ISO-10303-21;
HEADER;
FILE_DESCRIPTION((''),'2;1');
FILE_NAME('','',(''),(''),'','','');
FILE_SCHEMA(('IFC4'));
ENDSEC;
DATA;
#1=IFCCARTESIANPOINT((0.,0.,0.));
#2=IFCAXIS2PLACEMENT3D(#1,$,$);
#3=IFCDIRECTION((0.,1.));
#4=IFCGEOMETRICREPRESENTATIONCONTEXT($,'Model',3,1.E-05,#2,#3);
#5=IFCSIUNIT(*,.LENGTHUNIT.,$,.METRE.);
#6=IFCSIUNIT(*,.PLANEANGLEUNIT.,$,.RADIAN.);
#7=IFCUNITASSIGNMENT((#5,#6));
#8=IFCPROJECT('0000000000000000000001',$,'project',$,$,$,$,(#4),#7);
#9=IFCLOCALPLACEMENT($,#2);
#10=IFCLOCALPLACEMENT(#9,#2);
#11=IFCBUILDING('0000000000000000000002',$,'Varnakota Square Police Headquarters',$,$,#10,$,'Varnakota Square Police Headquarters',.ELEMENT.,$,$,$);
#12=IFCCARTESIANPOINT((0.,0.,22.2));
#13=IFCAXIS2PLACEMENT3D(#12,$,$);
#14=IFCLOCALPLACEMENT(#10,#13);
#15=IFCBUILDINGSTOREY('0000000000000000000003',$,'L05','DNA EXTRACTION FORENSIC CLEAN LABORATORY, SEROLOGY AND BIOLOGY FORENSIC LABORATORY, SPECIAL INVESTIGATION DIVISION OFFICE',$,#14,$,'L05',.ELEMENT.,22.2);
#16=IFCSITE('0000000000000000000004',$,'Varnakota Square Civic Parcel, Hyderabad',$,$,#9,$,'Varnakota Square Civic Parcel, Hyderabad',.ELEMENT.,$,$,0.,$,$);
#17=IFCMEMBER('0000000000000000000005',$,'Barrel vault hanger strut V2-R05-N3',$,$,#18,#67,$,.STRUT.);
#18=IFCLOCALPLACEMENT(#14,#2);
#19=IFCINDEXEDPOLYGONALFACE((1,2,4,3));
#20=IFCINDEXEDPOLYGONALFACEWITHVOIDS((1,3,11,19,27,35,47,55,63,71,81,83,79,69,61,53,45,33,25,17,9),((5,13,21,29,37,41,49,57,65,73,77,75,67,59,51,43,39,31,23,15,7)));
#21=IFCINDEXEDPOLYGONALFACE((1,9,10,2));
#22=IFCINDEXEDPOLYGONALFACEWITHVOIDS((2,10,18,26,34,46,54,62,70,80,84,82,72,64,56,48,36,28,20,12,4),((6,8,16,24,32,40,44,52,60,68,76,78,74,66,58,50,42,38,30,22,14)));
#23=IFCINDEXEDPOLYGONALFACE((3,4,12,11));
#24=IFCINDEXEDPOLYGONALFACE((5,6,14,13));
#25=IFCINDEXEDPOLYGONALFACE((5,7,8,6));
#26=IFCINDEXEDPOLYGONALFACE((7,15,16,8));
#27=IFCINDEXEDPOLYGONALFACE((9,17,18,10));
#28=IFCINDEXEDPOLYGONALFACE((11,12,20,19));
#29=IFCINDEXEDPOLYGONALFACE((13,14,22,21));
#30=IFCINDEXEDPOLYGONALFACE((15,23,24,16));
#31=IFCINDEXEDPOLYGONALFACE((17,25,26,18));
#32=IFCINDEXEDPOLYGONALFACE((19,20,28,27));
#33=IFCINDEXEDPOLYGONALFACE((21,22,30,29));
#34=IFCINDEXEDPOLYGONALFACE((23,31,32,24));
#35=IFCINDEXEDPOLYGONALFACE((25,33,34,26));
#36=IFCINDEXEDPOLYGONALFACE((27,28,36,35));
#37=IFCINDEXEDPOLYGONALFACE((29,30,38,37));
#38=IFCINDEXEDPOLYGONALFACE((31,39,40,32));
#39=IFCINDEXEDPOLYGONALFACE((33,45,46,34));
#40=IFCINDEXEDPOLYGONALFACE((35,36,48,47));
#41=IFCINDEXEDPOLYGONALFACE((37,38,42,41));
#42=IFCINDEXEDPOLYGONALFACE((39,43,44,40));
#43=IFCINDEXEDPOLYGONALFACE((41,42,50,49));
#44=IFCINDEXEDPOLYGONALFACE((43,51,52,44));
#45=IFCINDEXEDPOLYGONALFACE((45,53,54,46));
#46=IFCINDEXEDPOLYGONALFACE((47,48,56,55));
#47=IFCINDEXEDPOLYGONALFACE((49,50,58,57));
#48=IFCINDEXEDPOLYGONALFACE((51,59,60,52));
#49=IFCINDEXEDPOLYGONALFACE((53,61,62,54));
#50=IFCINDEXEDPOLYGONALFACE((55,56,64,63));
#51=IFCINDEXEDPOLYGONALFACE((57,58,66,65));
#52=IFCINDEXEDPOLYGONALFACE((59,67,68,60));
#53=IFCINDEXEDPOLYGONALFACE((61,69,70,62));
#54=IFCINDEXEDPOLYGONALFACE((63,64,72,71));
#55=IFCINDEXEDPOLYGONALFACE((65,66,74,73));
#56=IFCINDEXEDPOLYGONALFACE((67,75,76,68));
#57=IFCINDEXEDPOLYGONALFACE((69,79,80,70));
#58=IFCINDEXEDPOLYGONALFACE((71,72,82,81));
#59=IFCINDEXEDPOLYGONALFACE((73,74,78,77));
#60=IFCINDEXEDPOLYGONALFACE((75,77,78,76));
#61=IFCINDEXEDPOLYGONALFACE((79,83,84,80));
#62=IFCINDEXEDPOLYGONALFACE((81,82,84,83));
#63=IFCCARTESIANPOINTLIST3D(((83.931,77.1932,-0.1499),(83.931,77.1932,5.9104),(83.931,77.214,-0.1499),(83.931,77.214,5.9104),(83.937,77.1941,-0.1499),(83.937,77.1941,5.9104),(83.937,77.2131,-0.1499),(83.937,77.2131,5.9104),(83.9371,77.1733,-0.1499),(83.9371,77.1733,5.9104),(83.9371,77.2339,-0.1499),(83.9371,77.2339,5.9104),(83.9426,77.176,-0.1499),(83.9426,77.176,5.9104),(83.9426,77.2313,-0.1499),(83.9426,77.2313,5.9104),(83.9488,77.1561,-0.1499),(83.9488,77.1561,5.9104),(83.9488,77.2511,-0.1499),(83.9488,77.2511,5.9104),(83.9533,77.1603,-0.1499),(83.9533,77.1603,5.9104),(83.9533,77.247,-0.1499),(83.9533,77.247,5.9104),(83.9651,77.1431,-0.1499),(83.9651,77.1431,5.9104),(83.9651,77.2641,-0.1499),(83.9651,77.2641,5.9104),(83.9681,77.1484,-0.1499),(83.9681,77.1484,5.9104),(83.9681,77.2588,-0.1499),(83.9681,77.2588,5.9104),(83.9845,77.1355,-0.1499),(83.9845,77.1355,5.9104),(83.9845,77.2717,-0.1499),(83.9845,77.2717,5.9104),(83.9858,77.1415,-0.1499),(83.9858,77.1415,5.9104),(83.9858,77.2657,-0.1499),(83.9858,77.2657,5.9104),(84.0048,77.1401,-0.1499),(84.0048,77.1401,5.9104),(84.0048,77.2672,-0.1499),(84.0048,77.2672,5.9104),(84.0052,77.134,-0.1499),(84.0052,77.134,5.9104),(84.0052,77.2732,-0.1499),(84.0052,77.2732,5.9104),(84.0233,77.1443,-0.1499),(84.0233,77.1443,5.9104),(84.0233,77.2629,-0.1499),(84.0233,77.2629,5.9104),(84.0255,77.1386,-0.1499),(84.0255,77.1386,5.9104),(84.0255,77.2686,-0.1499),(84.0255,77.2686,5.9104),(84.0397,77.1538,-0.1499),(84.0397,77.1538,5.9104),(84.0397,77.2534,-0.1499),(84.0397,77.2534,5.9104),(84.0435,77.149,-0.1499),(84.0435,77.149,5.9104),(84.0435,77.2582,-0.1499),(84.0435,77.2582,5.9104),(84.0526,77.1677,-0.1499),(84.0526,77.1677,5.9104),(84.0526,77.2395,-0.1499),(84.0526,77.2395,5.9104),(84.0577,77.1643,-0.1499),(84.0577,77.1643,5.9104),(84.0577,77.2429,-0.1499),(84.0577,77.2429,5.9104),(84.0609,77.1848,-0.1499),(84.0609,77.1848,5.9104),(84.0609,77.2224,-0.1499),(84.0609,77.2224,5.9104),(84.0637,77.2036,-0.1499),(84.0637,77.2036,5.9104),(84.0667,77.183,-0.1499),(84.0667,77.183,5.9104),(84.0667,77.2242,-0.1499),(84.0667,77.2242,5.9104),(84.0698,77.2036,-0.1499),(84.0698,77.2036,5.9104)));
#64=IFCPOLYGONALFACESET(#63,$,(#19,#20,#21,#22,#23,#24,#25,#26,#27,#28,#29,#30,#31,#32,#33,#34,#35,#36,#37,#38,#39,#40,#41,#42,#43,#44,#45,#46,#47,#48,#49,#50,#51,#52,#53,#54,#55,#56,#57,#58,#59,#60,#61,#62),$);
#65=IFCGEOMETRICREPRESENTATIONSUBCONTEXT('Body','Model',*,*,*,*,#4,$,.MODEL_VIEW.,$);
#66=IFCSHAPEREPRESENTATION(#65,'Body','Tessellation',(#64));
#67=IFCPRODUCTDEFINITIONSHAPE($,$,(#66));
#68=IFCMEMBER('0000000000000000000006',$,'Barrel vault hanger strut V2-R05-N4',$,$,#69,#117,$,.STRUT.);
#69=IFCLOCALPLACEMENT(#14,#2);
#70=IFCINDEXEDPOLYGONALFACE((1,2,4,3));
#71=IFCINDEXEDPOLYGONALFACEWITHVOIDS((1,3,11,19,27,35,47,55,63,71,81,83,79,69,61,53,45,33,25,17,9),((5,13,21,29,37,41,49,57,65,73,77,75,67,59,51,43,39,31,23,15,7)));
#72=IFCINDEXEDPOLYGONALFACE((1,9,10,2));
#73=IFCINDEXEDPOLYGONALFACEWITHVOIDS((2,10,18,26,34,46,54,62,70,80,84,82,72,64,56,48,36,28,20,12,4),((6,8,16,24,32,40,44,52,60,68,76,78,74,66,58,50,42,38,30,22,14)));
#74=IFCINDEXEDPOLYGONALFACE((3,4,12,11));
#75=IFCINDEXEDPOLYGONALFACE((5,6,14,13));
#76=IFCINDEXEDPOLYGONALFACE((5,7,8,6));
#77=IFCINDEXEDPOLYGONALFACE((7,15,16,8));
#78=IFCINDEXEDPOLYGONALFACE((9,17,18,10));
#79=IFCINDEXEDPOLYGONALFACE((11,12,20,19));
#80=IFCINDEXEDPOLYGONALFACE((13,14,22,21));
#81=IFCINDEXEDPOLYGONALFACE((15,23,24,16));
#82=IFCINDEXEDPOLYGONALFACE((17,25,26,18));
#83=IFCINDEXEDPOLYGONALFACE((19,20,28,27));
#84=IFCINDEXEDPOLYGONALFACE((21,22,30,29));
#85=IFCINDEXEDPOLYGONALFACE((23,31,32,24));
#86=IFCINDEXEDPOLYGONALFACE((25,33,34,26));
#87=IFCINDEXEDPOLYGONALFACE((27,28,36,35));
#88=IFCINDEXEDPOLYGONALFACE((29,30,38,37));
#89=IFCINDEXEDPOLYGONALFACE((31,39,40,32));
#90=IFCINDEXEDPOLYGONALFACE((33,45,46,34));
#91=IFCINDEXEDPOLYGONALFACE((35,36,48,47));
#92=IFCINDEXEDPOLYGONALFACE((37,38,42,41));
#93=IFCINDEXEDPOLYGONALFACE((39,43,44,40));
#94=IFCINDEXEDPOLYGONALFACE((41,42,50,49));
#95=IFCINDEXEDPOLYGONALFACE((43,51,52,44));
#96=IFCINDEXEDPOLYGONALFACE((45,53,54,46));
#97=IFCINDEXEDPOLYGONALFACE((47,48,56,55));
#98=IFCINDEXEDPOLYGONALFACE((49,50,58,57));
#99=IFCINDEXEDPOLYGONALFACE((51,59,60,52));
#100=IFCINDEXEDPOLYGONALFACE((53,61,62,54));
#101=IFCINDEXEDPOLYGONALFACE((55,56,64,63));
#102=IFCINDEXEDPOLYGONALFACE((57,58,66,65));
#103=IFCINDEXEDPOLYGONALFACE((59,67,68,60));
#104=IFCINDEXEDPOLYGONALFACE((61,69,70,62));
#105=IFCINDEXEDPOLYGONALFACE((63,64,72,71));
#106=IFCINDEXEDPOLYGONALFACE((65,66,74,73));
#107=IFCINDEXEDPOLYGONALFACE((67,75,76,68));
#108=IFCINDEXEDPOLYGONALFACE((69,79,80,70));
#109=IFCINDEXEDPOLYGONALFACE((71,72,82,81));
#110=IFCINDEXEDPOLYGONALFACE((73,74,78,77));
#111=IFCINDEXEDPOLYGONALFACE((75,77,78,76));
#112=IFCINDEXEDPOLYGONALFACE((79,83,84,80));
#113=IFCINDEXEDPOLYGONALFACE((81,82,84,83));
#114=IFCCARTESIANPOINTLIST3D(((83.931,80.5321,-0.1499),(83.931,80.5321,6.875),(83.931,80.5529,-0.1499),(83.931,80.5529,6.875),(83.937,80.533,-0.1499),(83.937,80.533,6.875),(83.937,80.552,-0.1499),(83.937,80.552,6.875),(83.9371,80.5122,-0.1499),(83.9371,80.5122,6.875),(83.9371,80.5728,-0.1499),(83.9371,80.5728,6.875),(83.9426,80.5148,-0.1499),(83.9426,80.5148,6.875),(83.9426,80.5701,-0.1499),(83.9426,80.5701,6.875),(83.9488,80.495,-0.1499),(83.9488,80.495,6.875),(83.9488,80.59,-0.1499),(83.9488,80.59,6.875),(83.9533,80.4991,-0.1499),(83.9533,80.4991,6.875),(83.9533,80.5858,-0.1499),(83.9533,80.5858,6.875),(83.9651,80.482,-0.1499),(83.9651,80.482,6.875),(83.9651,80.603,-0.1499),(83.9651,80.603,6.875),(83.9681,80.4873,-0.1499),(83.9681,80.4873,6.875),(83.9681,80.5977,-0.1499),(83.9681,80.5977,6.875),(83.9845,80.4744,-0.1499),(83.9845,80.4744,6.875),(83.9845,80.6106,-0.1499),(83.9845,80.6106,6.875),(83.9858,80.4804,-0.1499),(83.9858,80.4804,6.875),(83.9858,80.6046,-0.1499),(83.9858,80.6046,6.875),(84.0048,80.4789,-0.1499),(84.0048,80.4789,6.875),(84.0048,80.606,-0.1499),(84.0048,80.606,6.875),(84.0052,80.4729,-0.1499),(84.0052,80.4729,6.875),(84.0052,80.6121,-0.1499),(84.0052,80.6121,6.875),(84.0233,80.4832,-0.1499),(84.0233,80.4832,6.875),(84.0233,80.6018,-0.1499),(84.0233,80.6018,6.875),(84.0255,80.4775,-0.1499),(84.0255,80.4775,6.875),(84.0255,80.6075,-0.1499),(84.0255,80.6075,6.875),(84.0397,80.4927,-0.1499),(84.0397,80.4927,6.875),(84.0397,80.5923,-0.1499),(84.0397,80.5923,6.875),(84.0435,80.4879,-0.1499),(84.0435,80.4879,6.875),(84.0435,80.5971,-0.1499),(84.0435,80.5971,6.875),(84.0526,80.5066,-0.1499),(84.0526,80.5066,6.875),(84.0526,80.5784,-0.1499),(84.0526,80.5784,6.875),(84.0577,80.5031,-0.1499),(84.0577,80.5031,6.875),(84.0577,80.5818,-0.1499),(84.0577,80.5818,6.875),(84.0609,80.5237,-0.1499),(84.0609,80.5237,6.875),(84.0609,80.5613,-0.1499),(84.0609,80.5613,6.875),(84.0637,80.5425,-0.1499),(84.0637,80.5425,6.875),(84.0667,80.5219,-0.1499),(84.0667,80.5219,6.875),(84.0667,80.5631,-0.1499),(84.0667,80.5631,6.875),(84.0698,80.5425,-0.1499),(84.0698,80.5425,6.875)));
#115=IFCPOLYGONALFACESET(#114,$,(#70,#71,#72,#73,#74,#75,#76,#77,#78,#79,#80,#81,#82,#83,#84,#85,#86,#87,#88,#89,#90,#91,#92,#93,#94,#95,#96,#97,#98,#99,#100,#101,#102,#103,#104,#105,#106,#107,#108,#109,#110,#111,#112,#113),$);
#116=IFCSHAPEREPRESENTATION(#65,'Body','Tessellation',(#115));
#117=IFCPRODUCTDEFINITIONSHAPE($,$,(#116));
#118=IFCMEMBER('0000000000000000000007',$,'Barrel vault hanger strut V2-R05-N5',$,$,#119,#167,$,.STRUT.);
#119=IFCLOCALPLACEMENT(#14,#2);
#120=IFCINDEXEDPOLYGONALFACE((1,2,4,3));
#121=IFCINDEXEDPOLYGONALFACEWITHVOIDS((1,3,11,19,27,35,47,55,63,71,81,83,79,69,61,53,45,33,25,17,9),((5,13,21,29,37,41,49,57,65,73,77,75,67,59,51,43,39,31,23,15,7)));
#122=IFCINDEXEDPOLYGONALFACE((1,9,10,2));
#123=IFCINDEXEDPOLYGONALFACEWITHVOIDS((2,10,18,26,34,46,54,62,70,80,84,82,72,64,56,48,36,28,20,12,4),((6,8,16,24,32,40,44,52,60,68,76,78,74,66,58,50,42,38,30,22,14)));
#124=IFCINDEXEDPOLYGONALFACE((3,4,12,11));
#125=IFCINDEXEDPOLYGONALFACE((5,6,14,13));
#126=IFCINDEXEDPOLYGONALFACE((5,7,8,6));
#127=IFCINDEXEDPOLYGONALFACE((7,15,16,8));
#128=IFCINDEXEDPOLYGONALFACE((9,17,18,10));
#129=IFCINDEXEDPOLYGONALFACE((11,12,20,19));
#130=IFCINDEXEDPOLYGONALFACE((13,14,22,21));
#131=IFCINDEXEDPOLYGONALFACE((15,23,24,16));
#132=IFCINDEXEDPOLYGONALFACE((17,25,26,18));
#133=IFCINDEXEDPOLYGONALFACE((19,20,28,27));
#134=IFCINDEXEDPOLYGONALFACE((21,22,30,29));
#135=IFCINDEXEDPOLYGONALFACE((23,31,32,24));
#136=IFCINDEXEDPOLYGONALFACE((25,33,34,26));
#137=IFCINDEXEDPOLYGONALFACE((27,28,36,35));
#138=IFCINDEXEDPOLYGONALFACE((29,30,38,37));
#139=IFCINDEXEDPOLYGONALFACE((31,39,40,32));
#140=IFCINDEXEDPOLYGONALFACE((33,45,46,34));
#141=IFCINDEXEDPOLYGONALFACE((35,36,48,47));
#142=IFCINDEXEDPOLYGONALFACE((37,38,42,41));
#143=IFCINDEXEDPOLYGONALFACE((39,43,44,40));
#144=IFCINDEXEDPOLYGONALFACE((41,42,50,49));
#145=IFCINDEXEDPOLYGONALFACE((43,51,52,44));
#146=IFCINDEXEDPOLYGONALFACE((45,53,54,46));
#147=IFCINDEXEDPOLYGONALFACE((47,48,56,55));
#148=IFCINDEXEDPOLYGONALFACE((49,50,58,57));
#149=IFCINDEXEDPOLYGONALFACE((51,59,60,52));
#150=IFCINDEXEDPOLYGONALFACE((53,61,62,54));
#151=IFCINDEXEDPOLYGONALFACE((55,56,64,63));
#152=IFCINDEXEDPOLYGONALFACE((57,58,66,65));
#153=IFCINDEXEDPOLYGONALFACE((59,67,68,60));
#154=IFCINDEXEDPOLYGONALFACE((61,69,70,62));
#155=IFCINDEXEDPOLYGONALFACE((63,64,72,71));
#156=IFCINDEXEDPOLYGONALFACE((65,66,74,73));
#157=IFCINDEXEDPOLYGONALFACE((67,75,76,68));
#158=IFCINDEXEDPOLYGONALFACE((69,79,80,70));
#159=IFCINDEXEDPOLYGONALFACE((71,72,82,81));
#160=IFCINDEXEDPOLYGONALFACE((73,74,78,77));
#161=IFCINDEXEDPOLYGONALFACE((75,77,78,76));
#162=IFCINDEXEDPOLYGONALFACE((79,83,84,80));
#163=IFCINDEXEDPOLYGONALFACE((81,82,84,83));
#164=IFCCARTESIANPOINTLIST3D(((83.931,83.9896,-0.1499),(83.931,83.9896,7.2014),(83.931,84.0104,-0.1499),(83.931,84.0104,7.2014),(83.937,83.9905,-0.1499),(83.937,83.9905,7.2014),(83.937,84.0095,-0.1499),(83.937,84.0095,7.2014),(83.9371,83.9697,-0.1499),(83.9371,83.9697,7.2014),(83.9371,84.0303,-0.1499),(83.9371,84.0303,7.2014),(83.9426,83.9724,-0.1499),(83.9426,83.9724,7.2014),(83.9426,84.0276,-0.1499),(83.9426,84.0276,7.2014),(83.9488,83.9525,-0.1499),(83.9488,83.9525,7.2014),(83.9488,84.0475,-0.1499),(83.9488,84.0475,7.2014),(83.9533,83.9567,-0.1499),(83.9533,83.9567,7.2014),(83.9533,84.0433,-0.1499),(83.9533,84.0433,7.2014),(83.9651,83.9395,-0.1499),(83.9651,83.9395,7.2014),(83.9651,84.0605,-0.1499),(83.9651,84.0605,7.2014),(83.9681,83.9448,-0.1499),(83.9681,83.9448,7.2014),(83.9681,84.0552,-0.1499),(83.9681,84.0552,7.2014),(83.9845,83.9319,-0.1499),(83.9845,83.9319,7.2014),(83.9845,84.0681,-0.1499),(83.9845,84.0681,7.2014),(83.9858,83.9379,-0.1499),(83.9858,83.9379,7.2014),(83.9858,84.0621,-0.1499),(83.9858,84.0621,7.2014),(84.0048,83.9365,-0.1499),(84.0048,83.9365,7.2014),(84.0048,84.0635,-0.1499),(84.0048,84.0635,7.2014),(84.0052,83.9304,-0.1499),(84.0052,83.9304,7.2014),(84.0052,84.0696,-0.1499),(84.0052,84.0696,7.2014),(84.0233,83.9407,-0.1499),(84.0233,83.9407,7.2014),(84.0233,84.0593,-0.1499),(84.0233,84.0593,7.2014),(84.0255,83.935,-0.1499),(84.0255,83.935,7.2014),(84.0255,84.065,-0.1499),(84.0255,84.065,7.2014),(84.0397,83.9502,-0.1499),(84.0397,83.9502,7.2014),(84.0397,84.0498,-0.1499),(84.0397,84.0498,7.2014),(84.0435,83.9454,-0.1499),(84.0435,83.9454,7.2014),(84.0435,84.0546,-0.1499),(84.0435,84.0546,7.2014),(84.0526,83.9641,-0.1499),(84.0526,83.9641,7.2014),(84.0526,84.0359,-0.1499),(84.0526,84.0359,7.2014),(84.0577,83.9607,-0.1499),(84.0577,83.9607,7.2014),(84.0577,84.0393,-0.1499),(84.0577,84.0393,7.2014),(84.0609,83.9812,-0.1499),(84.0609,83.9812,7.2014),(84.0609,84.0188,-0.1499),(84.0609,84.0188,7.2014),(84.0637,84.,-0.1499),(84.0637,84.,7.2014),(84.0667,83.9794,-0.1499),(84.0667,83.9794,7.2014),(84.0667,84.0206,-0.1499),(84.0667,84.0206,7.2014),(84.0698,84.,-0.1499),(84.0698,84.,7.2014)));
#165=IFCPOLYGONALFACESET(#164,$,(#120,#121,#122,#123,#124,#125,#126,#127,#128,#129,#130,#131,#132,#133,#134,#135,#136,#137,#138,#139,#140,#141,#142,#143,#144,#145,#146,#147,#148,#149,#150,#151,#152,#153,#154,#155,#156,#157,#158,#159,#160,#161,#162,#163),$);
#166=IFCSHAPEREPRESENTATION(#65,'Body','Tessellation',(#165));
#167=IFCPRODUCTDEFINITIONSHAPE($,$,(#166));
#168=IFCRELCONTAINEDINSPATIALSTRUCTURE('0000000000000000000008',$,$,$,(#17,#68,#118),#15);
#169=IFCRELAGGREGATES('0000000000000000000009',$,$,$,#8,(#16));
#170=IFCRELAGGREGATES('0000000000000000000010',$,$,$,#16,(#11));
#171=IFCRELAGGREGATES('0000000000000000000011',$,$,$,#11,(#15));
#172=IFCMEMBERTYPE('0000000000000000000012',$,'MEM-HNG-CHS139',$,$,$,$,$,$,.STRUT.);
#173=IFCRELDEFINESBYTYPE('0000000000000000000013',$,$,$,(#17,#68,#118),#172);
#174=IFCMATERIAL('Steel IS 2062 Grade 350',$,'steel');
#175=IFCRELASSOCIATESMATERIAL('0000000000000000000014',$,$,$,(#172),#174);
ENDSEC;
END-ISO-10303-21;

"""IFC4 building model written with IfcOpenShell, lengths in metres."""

from ifc_helpers import new_model, si_unit, direction, frame, origin, origin_2d, place, context, subcontext, project, spatial, hollow_circle, extrude, material, material_profile, profile_set, type_object, element, save


model = new_model("IFC4")

# Units and contexts
model_context = context("Model", 3, precision=1e-05, world=origin(), true_north=direction((0.0, 1.0)))
body_context = subcontext(model_context, "Body", "Model", "MODEL_VIEW")
ifc_project = project(units=[si_unit("LENGTHUNIT", "METRE"), si_unit("PLANEANGLEUNIT", "RADIAN")], contexts=[model_context])

# Site, building, storey
site_placement = place(None, origin())
site = spatial("IfcSite", under=ifc_project, at=site_placement, Name="Varnakota Square Civic Parcel, Hyderabad", LongName="Varnakota Square Civic Parcel, Hyderabad", CompositionType="ELEMENT", RefElevation=0.0)
building_placement = place(site_placement, origin())
building = spatial("IfcBuilding", under=site, at=building_placement, Name="Varnakota Square Police Headquarters", LongName="Varnakota Square Police Headquarters", CompositionType="ELEMENT")
storey_placement = place(building_placement, frame((0.0, 0.0, 22.2)))
storey = spatial("IfcBuildingStorey", under=building, at=storey_placement, Name="L05", Description="DNA EXTRACTION FORENSIC CLEAN LABORATORY, SEROLOGY AND BIOLOGY FORENSIC LABORATORY, SPECIAL INVESTIGATION DIVISION OFFICE", LongName="L05", CompositionType="ELEMENT", Elevation=22.2)

# Shared definitions
ifc_material_1 = material(Name="Steel IS 2062 Grade 350", Category="steel")

# Members
ifc_material_profile_1 = material_profile(ifc_material_1, hollow_circle(Radius=0.0698, WallThickness=0.0061, at=origin_2d()), Name="CHS 139.7x6.0")
ifc_profile_set_1 = profile_set([ifc_material_profile_1], Name="Steel IS 2062 Grade 350")
member_type = type_object("IfcMemberType", Name="MEM-HNG-CHS139", PredefinedType="STRUT", material=ifc_profile_set_1)
member_1_placement = place(storey_placement, frame((84.0, 77.2036, -0.1499), z_axis=(0.0, 0.0, 1.0), x_axis=(1.0, 0.0, 0.0)))
element("IfcMember", 1, at=member_1_placement, inside=storey, type_object=member_type, Name="Barrel vault hanger strut V2-R05-N3", PredefinedType="STRUT", context=body_context, shape_type="SweptSolid", body=[
    extrude(hollow_circle(Radius=0.0698, WallThickness=0.0061, at=origin_2d()), origin(), (0.0, 0.0, 1.0), 6.0603),
])
member_2_placement = place(storey_placement, frame((84.0, 80.5425, -0.1499), z_axis=(0.0, 0.0, 1.0), x_axis=(1.0, 0.0, 0.0)))
element("IfcMember", 2, at=member_2_placement, inside=storey, type_object=member_type, Name="Barrel vault hanger strut V2-R05-N4", PredefinedType="STRUT", context=body_context, shape_type="SweptSolid", body=[
    extrude(hollow_circle(Radius=0.0698, WallThickness=0.0061, at=origin_2d()), origin(), (0.0, 0.0, 1.0), 7.0249),
])
member_3_placement = place(storey_placement, frame((84.0, 84.0, -0.1499), z_axis=(0.0, 0.0, 1.0), x_axis=(1.0, 0.0, 0.0)))
element("IfcMember", 3, at=member_3_placement, inside=storey, type_object=member_type, Name="Barrel vault hanger strut V2-R05-N5", PredefinedType="STRUT", context=body_context, shape_type="SweptSolid", body=[
    extrude(hollow_circle(Radius=0.0698, WallThickness=0.0061, at=origin_2d()), origin(), (0.0, 0.0, 1.0), 7.3513),
])

save(model, "model.ifc")
